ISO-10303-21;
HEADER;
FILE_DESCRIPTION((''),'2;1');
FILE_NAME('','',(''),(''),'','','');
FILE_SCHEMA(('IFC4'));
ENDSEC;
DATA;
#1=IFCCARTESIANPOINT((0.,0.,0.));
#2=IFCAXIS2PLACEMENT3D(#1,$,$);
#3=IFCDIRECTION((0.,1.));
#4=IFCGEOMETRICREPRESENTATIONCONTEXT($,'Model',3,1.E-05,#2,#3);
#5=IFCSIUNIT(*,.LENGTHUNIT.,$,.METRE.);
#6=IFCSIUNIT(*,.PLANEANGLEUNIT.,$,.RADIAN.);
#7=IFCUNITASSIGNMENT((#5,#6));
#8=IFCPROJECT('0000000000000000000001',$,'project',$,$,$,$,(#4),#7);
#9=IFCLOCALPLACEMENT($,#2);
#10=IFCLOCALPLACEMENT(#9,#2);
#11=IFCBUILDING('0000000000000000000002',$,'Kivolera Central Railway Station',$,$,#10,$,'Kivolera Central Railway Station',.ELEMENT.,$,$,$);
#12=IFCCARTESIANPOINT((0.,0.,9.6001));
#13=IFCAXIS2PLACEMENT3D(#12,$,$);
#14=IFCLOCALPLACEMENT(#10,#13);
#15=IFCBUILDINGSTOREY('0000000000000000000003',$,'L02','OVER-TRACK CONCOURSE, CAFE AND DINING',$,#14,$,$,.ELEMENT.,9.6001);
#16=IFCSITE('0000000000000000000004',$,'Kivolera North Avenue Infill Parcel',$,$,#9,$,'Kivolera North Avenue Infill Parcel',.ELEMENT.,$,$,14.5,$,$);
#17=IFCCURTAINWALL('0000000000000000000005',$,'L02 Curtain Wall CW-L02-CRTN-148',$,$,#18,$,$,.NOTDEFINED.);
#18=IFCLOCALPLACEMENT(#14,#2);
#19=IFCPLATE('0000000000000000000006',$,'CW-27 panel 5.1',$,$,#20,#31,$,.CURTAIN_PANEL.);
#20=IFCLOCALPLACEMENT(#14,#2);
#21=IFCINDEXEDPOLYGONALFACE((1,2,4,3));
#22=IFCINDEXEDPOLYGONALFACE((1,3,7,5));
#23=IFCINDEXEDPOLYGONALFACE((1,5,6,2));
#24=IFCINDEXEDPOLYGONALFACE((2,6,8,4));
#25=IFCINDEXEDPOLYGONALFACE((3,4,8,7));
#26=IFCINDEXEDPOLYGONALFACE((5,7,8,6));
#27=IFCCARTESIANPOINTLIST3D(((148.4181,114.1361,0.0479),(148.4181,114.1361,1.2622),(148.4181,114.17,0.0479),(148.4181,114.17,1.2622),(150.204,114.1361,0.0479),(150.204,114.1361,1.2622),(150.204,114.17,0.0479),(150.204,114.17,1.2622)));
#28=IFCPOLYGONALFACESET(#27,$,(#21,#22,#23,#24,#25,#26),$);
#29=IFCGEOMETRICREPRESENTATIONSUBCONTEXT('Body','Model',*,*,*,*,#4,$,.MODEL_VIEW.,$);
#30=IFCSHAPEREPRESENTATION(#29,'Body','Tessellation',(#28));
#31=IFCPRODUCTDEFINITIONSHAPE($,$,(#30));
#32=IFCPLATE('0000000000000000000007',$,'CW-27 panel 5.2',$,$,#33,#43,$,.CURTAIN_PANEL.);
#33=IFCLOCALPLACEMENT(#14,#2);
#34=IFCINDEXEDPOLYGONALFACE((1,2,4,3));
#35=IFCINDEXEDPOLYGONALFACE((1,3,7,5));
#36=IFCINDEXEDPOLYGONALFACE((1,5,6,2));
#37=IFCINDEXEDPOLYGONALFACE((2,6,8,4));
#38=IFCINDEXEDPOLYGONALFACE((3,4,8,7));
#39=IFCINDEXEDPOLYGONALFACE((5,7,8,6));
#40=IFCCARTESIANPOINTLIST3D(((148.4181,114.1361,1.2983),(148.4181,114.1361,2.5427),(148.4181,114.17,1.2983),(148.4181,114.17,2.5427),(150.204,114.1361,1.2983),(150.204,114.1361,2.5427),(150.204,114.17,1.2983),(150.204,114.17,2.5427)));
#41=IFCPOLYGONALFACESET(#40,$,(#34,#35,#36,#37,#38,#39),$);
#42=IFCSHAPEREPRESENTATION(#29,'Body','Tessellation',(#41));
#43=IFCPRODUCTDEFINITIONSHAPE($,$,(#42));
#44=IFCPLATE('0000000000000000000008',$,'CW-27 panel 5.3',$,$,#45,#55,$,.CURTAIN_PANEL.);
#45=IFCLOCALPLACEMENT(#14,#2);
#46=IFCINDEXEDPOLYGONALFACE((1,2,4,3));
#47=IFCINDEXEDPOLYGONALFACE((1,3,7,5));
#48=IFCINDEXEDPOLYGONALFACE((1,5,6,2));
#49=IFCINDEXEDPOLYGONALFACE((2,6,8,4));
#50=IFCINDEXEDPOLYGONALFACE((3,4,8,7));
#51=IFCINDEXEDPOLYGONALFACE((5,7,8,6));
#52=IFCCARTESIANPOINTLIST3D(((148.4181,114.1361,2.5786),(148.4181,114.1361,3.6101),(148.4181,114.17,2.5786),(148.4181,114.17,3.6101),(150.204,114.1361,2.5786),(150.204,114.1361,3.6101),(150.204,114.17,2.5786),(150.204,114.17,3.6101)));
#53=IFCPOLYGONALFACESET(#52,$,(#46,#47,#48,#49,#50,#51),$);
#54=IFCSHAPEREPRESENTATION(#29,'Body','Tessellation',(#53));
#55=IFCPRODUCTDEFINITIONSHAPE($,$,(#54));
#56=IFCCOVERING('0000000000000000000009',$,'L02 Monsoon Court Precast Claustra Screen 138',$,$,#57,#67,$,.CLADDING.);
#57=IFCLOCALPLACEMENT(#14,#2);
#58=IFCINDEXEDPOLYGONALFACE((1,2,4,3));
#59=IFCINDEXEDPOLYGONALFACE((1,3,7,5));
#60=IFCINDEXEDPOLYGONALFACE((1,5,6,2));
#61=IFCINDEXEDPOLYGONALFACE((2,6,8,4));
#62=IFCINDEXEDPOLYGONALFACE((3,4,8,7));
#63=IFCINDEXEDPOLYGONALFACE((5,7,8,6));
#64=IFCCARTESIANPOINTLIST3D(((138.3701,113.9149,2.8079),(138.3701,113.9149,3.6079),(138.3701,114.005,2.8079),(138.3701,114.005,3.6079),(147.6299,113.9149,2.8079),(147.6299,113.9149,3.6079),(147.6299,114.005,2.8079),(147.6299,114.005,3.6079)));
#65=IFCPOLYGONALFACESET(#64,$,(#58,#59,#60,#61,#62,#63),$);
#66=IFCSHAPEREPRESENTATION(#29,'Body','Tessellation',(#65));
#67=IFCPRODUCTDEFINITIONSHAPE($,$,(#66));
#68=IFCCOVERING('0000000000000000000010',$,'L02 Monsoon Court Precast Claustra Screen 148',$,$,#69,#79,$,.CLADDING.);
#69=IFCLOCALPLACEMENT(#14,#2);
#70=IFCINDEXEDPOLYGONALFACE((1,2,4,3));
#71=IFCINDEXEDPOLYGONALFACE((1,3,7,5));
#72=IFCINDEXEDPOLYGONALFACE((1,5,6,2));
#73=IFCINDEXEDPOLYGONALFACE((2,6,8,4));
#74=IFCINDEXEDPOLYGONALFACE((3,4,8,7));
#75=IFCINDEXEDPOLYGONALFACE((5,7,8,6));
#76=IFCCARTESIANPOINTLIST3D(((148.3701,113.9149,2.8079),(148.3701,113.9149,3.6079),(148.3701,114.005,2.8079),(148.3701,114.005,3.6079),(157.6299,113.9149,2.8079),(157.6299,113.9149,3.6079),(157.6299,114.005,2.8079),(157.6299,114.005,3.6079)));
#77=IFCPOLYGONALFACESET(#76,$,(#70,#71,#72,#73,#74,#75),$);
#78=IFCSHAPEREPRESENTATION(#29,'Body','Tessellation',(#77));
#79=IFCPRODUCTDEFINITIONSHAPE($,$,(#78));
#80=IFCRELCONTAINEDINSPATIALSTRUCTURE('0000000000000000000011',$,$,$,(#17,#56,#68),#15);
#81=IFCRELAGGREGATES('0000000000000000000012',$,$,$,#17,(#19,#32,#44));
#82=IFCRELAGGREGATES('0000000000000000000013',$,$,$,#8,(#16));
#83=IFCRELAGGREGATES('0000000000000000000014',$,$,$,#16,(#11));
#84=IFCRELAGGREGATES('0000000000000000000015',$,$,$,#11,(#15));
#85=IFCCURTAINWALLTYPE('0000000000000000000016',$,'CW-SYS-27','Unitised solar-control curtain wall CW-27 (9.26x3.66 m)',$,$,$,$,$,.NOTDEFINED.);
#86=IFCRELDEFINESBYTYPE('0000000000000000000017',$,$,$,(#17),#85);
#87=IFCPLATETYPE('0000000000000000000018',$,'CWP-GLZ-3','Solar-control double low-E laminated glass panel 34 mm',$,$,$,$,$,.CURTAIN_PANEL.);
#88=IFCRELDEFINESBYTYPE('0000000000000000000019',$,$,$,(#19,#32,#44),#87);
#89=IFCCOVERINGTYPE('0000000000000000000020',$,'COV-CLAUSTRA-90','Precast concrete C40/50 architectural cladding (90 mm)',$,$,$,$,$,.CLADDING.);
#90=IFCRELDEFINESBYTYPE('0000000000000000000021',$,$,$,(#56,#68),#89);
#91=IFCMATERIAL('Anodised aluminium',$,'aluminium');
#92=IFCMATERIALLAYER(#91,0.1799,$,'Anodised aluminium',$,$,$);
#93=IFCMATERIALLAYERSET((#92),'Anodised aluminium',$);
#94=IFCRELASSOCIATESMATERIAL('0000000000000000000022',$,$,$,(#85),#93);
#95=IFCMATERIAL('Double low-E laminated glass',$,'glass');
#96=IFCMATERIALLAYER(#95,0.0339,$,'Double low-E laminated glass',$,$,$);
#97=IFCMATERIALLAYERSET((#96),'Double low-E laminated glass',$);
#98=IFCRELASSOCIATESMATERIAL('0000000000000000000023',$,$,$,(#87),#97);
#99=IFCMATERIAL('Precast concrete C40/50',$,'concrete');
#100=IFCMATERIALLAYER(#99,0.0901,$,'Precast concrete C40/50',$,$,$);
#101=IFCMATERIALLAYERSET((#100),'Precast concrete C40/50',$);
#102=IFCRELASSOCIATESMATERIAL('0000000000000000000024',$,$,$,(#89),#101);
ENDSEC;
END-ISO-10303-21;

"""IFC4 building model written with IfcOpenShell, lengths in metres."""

from ifc_helpers import new_model, si_unit, direction, frame, frame_2d, origin, origin_2d, place, context, subcontext, project, spatial, rectangle, extrude, material, layer, layer_set, type_object, element, aggregate, save


model = new_model("IFC4")

# Units and contexts
model_context = context("Model", 3, precision=1e-05, world=origin(), true_north=direction((0.0, 1.0)))
body_context = subcontext(model_context, "Body", "Model", "MODEL_VIEW")
ifc_project = project(units=[si_unit("LENGTHUNIT", "METRE"), si_unit("PLANEANGLEUNIT", "RADIAN")], contexts=[model_context])

# Site, building, storey
site_placement = place(None, origin())
site = spatial("IfcSite", under=ifc_project, at=site_placement, Name="Kivolera North Avenue Infill Parcel", LongName="Kivolera North Avenue Infill Parcel", CompositionType="ELEMENT", RefElevation=14.5)
building_placement = place(site_placement, origin())
building = spatial("IfcBuilding", under=site, at=building_placement, Name="Kivolera Central Railway Station", LongName="Kivolera Central Railway Station", CompositionType="ELEMENT")
storey_placement = place(building_placement, frame((0.0, 0.0, 9.6001)))
storey = spatial("IfcBuildingStorey", under=building, at=storey_placement, Name="L02", Description="OVER-TRACK CONCOURSE, CAFE AND DINING", CompositionType="ELEMENT", Elevation=9.6001)

# Shared definitions
ifc_material_1 = material(Name="Anodised aluminium", Category="aluminium")
ifc_layer_1 = layer(ifc_material_1, 0.1799, Name="Anodised aluminium")
ifc_layer_set_1 = layer_set([ifc_layer_1], Name="Anodised aluminium")
curtain_wall_type = type_object("IfcCurtainWallType", Name="CW-SYS-27", Description="Unitised solar-control curtain wall CW-27 (9.26x3.66 m)", PredefinedType="NOTDEFINED", material=ifc_layer_set_1)

# Curtain wall
curtain_wall_1_placement = place(storey_placement, origin())
curtain_wall_1 = element("IfcCurtainWall", 1, at=curtain_wall_1_placement, inside=storey, type_object=curtain_wall_type, Name="L02 Curtain Wall CW-L02-CRTN-148", PredefinedType="NOTDEFINED")

# Plates
ifc_material_2 = material(Name="Double low-E laminated glass", Category="glass")
ifc_layer_2 = layer(ifc_material_2, 0.0339, Name="Double low-E laminated glass")
ifc_layer_set_2 = layer_set([ifc_layer_2], Name="Double low-E laminated glass")
plate_type_1 = type_object("IfcPlateType", Name="CWP-GLZ-3", Description="Solar-control double low-E laminated glass panel 34 mm", PredefinedType="CURTAIN_PANEL", material=ifc_layer_set_2)
plate_1_placement = place(storey_placement, frame((149.311, 114.1531, 0.0479), z_axis=(0.0, 0.0, 1.0), x_axis=(-1.0, 0.0, 0.0)))
plate_1 = element("IfcPlate", 2, at=plate_1_placement, type_object=plate_type_1, Name="CW-27 panel 5.1", PredefinedType="CURTAIN_PANEL", context=body_context, shape_type="SweptSolid", body=[
    extrude(rectangle(XDim=1.7859, YDim=0.0339, at=origin_2d()), origin(), (0.0, 0.0, 1.0), 1.2144),
])
plate_2_placement = place(storey_placement, frame((149.311, 114.1531, 1.2983), z_axis=(0.0, 0.0, 1.0), x_axis=(-1.0, 0.0, 0.0)))
plate_2 = element("IfcPlate", 3, at=plate_2_placement, type_object=plate_type_1, Name="CW-27 panel 5.2", PredefinedType="CURTAIN_PANEL", context=body_context, shape_type="SweptSolid", body=[
    extrude(rectangle(XDim=1.7859, YDim=0.0339, at=origin_2d()), origin(), (0.0, 0.0, 1.0), 1.2444),
])
plate_3_placement = place(storey_placement, frame((149.311, 114.1531, 2.5786), z_axis=(0.0, 0.0, 1.0), x_axis=(-1.0, 0.0, 0.0)))
plate_3 = element("IfcPlate", 4, at=plate_3_placement, type_object=plate_type_1, Name="CW-27 panel 5.3", PredefinedType="CURTAIN_PANEL", context=body_context, shape_type="SweptSolid", body=[
    extrude(rectangle(XDim=1.7859, YDim=0.0339, at=origin_2d()), origin(), (0.0, 0.0, 1.0), 1.0315),
])
aggregate(curtain_wall_1, [plate_1, plate_2, plate_3])

# Coverings
ifc_material_3 = material(Name="Precast concrete C40/50", Category="concrete")
ifc_layer_3 = layer(ifc_material_3, 0.0901, Name="Precast concrete C40/50")
ifc_layer_set_3 = layer_set([ifc_layer_3], Name="Precast concrete C40/50")
covering_type = type_object("IfcCoveringType", Name="COV-CLAUSTRA-90", Description="Precast concrete C40/50 architectural cladding (90 mm)", PredefinedType="CLADDING", material=ifc_layer_set_3)
for number, where, z_axis, x_axis, name in (
    (5, (147.6299, 113.96, 2.8079), (0.0, 0.0, 1.0), (-1.0, 0.0, 0.0), "L02 Monsoon Court Precast Claustra Screen 138"),
    (6, (157.6299, 113.96, 2.8079), (0.0, 0.0, 1.0), (-1.0, 0.0, 0.0), "L02 Monsoon Court Precast Claustra Screen 148"),
):
    element("IfcCovering", number, at=place(storey_placement, frame(where, z_axis=z_axis, x_axis=x_axis)), inside=storey, type_object=covering_type, Name=name, PredefinedType="CLADDING", context=body_context, shape_type="SweptSolid", body=[
        extrude(rectangle(XDim=9.2598, YDim=0.0901, at=frame_2d((4.6299, 0.0))), origin(), (0.0, 0.0, 1.0), 0.8),
    ])

save(model, "model.ifc")
